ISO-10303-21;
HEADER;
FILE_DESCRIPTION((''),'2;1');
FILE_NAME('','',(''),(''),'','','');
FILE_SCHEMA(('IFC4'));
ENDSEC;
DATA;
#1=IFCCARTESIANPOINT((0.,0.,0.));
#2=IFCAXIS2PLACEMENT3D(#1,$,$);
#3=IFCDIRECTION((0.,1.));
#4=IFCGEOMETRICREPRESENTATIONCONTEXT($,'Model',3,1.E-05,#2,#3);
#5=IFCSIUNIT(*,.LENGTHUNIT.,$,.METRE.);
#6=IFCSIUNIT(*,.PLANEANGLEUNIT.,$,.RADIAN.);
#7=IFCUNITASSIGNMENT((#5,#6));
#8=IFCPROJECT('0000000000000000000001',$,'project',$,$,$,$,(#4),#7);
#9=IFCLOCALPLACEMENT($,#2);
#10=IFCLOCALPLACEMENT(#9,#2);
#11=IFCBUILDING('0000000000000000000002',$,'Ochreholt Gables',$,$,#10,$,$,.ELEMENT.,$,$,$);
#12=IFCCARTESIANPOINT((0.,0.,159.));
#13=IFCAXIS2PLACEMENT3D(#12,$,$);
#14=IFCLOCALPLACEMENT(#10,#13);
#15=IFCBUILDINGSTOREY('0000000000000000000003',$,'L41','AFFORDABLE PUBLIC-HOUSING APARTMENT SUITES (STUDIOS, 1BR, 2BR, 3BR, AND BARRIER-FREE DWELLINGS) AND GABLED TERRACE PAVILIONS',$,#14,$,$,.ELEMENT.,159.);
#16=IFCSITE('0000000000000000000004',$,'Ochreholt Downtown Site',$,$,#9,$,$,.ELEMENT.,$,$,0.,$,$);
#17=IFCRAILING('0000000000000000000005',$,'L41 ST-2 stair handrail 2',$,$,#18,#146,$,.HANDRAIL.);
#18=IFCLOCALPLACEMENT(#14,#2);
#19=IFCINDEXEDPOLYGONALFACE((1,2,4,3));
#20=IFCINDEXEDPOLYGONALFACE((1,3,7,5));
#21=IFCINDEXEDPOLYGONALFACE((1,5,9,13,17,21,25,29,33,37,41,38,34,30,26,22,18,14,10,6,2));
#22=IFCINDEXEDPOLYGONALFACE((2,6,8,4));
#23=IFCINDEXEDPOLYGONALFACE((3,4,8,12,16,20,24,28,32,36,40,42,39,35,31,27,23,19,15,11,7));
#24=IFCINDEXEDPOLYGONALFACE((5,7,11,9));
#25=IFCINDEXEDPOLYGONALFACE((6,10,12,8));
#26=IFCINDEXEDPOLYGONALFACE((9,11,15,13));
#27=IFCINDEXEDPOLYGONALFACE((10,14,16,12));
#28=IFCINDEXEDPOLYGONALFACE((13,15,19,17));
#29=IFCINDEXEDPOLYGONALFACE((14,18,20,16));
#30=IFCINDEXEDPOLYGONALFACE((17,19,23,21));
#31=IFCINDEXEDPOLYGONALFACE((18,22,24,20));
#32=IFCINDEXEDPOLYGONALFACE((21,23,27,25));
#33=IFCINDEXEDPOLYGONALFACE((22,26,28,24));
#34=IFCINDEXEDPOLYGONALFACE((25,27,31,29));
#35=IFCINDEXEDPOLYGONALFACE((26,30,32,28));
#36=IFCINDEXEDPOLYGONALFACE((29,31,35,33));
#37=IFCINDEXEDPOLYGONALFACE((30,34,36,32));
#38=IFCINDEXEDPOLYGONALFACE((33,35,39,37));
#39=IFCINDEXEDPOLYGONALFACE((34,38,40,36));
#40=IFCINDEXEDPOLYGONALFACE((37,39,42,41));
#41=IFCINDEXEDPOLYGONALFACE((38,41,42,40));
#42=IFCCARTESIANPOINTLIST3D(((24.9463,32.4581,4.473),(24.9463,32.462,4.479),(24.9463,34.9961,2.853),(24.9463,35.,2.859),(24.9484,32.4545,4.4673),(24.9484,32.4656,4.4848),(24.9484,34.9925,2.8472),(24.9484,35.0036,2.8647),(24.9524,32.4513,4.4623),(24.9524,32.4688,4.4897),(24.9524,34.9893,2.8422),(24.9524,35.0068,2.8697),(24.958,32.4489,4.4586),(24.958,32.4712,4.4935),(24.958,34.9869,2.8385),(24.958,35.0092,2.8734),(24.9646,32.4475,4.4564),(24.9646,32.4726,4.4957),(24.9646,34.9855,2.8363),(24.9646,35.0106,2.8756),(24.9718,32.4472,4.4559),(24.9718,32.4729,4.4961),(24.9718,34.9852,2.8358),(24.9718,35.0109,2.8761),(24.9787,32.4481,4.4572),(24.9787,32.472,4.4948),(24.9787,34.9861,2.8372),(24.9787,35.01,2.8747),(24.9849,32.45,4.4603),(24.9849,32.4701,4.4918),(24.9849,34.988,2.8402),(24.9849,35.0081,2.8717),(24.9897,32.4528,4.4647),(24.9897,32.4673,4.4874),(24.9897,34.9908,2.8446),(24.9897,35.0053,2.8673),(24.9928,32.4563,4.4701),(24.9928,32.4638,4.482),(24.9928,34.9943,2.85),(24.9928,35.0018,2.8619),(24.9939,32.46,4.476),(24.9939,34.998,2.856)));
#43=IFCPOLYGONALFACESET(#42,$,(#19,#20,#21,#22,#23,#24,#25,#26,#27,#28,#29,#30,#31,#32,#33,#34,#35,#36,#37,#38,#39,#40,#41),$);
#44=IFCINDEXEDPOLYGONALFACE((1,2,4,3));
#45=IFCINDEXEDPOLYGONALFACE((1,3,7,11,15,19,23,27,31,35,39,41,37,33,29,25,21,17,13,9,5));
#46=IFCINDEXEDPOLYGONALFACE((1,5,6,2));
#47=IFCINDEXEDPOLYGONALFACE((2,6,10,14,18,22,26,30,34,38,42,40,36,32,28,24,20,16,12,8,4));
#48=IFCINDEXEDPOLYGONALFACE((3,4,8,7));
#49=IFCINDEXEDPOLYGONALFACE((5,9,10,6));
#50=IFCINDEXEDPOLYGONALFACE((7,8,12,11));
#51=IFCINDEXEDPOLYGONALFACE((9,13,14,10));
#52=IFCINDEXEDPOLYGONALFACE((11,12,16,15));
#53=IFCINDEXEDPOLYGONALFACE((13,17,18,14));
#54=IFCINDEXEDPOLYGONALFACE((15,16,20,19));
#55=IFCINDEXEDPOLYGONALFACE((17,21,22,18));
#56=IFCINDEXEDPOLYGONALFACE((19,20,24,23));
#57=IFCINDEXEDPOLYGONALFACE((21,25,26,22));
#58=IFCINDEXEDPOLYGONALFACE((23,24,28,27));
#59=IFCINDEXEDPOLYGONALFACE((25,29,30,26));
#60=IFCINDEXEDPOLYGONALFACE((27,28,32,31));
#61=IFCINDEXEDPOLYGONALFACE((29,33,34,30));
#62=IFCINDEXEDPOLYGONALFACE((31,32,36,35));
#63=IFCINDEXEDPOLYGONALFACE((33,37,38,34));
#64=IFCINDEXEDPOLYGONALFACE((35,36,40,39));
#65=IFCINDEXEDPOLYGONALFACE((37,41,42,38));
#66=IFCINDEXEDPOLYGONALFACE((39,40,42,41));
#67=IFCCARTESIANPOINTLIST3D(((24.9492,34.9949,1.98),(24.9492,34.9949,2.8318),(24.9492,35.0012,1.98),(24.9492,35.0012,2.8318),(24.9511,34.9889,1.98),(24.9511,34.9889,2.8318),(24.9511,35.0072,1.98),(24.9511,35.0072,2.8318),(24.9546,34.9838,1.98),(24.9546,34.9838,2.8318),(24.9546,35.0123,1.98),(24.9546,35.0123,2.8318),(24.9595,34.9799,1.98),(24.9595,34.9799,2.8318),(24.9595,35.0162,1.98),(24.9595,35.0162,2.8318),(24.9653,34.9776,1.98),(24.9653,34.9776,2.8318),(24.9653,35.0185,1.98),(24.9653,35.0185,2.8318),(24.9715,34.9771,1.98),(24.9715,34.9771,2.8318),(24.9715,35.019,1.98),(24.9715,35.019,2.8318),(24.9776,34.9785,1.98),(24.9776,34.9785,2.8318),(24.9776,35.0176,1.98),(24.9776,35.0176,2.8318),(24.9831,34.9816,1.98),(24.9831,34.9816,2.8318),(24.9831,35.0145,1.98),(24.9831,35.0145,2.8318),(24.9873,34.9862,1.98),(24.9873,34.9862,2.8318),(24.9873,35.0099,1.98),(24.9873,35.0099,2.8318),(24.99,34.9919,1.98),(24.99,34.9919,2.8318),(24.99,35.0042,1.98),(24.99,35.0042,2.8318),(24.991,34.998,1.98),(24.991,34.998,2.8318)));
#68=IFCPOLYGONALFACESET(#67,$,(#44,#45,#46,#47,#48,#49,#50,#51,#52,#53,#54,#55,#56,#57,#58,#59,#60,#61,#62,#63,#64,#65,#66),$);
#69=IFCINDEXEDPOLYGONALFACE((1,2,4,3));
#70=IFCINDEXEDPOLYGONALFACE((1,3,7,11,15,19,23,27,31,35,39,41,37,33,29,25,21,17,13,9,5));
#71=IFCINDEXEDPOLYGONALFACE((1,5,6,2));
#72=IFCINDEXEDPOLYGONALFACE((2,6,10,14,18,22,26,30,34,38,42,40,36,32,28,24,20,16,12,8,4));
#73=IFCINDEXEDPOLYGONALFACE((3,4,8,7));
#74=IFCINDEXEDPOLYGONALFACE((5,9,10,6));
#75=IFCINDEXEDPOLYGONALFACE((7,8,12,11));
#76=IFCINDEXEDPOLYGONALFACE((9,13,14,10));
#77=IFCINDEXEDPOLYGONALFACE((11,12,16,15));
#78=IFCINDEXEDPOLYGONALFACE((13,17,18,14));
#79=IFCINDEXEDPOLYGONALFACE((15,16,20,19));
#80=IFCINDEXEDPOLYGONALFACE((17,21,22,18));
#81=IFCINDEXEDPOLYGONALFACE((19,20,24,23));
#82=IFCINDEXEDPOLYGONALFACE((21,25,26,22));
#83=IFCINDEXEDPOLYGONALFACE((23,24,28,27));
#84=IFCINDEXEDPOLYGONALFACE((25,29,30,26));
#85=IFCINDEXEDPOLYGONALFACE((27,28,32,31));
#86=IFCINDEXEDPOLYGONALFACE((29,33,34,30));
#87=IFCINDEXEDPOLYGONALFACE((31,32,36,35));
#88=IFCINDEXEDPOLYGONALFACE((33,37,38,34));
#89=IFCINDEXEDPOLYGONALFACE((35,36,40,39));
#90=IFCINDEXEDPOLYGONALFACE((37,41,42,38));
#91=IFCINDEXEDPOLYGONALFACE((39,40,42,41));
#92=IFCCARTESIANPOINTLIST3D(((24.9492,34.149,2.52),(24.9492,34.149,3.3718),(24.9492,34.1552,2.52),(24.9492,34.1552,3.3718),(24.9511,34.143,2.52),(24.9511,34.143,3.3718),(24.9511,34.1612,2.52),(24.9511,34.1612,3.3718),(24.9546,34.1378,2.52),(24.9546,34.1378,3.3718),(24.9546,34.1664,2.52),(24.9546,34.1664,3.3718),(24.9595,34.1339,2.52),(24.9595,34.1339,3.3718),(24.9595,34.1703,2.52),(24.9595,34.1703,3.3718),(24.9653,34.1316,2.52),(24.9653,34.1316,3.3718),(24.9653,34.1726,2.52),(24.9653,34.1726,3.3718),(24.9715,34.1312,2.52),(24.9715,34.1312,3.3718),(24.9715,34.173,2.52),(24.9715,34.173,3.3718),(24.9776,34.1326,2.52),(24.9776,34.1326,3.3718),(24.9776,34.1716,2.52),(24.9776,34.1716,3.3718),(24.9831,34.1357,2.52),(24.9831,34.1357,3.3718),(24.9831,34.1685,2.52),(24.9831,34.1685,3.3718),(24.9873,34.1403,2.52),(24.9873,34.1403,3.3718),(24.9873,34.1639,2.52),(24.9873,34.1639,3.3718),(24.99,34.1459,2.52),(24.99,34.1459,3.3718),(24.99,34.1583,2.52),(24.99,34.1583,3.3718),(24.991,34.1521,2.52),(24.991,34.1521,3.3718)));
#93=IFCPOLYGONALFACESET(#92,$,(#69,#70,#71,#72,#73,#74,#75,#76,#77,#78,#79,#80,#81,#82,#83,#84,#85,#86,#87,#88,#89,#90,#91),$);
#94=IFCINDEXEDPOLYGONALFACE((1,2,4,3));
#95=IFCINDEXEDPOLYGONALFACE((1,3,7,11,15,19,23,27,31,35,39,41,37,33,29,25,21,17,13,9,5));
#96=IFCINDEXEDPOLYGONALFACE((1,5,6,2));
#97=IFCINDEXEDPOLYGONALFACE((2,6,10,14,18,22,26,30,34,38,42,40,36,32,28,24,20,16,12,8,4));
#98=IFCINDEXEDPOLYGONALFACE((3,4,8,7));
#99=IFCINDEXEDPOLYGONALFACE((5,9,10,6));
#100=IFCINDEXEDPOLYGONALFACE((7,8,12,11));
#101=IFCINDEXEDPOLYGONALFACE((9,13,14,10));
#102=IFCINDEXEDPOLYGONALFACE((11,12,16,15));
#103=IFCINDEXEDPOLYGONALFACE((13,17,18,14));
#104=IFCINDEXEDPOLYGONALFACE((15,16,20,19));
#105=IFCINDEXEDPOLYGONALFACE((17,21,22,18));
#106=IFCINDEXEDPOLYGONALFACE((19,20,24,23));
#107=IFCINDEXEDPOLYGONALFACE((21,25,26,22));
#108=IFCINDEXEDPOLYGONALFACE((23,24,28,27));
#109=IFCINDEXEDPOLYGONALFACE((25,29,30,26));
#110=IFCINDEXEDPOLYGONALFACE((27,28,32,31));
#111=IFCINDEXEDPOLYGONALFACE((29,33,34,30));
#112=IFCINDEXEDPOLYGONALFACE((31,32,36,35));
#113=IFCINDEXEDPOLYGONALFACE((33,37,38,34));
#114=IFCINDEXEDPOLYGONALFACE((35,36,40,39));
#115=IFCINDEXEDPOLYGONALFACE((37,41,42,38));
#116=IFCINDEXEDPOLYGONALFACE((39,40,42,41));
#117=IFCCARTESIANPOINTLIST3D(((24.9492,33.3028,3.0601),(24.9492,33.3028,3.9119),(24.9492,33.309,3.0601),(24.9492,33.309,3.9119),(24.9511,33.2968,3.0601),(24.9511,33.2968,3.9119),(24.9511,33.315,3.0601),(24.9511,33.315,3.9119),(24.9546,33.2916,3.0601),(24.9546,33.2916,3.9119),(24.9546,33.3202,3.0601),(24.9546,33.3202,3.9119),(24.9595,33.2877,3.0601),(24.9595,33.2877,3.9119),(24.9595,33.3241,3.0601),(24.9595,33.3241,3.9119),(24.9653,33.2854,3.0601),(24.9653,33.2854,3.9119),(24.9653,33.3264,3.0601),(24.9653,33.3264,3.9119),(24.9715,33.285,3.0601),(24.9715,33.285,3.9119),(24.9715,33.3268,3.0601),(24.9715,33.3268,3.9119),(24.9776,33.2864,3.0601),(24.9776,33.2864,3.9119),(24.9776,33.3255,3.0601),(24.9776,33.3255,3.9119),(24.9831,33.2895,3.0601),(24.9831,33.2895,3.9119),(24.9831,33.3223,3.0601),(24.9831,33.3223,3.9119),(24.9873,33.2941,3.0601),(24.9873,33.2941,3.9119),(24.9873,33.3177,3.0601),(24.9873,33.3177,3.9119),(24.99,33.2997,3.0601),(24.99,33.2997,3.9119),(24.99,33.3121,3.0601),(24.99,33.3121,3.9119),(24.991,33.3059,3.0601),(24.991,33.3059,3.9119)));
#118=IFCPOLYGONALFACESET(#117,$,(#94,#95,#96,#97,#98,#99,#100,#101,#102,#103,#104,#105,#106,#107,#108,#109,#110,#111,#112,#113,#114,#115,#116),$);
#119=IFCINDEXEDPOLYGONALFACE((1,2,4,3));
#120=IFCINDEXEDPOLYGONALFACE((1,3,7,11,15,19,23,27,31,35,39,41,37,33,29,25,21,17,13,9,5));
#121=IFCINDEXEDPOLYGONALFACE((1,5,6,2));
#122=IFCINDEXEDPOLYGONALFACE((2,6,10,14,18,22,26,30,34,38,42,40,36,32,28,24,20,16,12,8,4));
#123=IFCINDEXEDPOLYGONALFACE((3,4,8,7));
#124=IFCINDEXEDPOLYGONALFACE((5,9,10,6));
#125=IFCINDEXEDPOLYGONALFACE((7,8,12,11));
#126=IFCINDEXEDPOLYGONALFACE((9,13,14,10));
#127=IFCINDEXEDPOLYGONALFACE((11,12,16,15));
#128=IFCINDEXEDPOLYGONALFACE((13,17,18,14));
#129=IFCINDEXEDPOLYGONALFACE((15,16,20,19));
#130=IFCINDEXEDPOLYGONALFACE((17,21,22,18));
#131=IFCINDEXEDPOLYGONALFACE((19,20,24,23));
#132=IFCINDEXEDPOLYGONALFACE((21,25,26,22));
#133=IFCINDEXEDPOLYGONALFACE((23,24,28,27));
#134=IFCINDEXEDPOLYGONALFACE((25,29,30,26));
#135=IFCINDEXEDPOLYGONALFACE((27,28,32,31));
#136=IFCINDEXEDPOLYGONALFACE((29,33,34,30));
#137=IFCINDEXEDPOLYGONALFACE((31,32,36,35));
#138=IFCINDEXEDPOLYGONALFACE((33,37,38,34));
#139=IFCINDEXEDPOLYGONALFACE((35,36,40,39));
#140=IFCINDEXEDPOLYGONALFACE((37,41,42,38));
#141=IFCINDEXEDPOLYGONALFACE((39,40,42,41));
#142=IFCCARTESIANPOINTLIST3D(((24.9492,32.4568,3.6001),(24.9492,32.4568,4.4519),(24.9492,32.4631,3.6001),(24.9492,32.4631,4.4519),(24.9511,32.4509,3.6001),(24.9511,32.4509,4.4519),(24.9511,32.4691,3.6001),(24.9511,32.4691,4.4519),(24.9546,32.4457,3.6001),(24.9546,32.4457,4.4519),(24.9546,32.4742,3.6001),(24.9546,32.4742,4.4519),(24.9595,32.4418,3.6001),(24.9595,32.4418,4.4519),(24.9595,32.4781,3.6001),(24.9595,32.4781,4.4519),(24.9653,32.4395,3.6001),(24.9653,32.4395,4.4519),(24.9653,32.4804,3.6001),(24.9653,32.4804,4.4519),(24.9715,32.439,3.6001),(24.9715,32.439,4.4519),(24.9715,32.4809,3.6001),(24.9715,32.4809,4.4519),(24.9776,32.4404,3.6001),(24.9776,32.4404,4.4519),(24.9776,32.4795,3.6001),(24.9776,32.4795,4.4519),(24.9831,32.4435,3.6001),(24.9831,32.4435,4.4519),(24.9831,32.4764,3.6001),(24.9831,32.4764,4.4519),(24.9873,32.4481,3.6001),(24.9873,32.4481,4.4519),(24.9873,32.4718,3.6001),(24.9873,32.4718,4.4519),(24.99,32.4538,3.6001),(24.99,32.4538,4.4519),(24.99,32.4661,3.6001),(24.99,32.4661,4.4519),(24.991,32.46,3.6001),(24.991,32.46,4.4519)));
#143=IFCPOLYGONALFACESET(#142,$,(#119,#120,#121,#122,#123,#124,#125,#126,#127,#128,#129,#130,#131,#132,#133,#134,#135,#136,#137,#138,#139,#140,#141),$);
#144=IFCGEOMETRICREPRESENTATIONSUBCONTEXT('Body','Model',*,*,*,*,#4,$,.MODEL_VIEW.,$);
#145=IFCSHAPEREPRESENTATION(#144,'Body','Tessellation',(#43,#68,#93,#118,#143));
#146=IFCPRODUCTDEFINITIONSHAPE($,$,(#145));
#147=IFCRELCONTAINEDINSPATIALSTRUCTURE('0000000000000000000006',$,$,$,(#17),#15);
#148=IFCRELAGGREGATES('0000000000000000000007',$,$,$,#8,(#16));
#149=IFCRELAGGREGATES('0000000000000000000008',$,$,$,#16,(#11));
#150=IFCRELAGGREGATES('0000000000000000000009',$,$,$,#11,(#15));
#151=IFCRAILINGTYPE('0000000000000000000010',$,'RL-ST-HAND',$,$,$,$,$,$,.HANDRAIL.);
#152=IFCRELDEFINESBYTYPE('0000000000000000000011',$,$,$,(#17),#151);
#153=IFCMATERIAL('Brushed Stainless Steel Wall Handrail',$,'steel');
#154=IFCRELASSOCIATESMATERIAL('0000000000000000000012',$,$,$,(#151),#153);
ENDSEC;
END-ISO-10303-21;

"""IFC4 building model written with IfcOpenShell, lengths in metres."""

from ifc_helpers import new_model, si_unit, direction, frame, origin, origin_2d, place, context, subcontext, project, spatial, circle, extrude, material, type_object, element, save


model = new_model("IFC4")

# Units and contexts
model_context = context("Model", 3, precision=1e-05, world=origin(), true_north=direction((0.0, 1.0)))
body_context = subcontext(model_context, "Body", "Model", "MODEL_VIEW")
ifc_project = project(units=[si_unit("LENGTHUNIT", "METRE"), si_unit("PLANEANGLEUNIT", "RADIAN")], contexts=[model_context])

# Site, building, storey
site_placement = place(None, origin())
site = spatial("IfcSite", under=ifc_project, at=site_placement, Name="Ochreholt Downtown Site", CompositionType="ELEMENT", RefElevation=0.0)
building_placement = place(site_placement, origin())
building = spatial("IfcBuilding", under=site, at=building_placement, Name="Ochreholt Gables", CompositionType="ELEMENT")
storey_placement = place(building_placement, frame((0.0, 0.0, 159.0)))
storey = spatial("IfcBuildingStorey", under=building, at=storey_placement, Name="L41", Description="AFFORDABLE PUBLIC-HOUSING APARTMENT SUITES (STUDIOS, 1BR, 2BR, 3BR, AND BARRIER-FREE DWELLINGS) AND GABLED TERRACE PAVILIONS", CompositionType="ELEMENT", Elevation=159.0)

# Railing
ifc_material_1 = material(Name="Brushed Stainless Steel Wall Handrail", Category="steel")
railing_type_1 = type_object("IfcRailingType", Name="RL-ST-HAND", PredefinedType="HANDRAIL", material=ifc_material_1)
railing_1_placement = place(storey_placement, frame((24.97, 34.998, 1.98)))
element("IfcRailing", 1, at=railing_1_placement, inside=storey, type_object=railing_type_1, Name="L41 ST-2 stair handrail 2", PredefinedType="HANDRAIL", context=body_context, shape_type="SweptSolid", body=[
    extrude(circle(Radius=0.0239, at=origin_2d()), frame((0.0, 0.0, 0.876), z_axis=(0.0, -0.842913, 0.53805), x_axis=(1.0, 0.0, 0.0)), (0.0, 0.0, 1.0), 3.011),
    extrude(circle(Radius=0.021, at=origin_2d()), origin(), (0.0, 0.0, 1.0), 0.8518),
    extrude(circle(Radius=0.021, at=origin_2d()), frame((0.0, -0.8459, 0.54)), (0.0, 0.0, 1.0), 0.8518),
    extrude(circle(Radius=0.021, at=origin_2d()), frame((0.0, -1.6921, 1.0801)), (0.0, 0.0, 1.0), 0.8518),
    extrude(circle(Radius=0.021, at=origin_2d()), frame((0.0, -2.5381, 1.6201)), (0.0, 0.0, 1.0), 0.8518),
])

save(model, "model.ifc")
